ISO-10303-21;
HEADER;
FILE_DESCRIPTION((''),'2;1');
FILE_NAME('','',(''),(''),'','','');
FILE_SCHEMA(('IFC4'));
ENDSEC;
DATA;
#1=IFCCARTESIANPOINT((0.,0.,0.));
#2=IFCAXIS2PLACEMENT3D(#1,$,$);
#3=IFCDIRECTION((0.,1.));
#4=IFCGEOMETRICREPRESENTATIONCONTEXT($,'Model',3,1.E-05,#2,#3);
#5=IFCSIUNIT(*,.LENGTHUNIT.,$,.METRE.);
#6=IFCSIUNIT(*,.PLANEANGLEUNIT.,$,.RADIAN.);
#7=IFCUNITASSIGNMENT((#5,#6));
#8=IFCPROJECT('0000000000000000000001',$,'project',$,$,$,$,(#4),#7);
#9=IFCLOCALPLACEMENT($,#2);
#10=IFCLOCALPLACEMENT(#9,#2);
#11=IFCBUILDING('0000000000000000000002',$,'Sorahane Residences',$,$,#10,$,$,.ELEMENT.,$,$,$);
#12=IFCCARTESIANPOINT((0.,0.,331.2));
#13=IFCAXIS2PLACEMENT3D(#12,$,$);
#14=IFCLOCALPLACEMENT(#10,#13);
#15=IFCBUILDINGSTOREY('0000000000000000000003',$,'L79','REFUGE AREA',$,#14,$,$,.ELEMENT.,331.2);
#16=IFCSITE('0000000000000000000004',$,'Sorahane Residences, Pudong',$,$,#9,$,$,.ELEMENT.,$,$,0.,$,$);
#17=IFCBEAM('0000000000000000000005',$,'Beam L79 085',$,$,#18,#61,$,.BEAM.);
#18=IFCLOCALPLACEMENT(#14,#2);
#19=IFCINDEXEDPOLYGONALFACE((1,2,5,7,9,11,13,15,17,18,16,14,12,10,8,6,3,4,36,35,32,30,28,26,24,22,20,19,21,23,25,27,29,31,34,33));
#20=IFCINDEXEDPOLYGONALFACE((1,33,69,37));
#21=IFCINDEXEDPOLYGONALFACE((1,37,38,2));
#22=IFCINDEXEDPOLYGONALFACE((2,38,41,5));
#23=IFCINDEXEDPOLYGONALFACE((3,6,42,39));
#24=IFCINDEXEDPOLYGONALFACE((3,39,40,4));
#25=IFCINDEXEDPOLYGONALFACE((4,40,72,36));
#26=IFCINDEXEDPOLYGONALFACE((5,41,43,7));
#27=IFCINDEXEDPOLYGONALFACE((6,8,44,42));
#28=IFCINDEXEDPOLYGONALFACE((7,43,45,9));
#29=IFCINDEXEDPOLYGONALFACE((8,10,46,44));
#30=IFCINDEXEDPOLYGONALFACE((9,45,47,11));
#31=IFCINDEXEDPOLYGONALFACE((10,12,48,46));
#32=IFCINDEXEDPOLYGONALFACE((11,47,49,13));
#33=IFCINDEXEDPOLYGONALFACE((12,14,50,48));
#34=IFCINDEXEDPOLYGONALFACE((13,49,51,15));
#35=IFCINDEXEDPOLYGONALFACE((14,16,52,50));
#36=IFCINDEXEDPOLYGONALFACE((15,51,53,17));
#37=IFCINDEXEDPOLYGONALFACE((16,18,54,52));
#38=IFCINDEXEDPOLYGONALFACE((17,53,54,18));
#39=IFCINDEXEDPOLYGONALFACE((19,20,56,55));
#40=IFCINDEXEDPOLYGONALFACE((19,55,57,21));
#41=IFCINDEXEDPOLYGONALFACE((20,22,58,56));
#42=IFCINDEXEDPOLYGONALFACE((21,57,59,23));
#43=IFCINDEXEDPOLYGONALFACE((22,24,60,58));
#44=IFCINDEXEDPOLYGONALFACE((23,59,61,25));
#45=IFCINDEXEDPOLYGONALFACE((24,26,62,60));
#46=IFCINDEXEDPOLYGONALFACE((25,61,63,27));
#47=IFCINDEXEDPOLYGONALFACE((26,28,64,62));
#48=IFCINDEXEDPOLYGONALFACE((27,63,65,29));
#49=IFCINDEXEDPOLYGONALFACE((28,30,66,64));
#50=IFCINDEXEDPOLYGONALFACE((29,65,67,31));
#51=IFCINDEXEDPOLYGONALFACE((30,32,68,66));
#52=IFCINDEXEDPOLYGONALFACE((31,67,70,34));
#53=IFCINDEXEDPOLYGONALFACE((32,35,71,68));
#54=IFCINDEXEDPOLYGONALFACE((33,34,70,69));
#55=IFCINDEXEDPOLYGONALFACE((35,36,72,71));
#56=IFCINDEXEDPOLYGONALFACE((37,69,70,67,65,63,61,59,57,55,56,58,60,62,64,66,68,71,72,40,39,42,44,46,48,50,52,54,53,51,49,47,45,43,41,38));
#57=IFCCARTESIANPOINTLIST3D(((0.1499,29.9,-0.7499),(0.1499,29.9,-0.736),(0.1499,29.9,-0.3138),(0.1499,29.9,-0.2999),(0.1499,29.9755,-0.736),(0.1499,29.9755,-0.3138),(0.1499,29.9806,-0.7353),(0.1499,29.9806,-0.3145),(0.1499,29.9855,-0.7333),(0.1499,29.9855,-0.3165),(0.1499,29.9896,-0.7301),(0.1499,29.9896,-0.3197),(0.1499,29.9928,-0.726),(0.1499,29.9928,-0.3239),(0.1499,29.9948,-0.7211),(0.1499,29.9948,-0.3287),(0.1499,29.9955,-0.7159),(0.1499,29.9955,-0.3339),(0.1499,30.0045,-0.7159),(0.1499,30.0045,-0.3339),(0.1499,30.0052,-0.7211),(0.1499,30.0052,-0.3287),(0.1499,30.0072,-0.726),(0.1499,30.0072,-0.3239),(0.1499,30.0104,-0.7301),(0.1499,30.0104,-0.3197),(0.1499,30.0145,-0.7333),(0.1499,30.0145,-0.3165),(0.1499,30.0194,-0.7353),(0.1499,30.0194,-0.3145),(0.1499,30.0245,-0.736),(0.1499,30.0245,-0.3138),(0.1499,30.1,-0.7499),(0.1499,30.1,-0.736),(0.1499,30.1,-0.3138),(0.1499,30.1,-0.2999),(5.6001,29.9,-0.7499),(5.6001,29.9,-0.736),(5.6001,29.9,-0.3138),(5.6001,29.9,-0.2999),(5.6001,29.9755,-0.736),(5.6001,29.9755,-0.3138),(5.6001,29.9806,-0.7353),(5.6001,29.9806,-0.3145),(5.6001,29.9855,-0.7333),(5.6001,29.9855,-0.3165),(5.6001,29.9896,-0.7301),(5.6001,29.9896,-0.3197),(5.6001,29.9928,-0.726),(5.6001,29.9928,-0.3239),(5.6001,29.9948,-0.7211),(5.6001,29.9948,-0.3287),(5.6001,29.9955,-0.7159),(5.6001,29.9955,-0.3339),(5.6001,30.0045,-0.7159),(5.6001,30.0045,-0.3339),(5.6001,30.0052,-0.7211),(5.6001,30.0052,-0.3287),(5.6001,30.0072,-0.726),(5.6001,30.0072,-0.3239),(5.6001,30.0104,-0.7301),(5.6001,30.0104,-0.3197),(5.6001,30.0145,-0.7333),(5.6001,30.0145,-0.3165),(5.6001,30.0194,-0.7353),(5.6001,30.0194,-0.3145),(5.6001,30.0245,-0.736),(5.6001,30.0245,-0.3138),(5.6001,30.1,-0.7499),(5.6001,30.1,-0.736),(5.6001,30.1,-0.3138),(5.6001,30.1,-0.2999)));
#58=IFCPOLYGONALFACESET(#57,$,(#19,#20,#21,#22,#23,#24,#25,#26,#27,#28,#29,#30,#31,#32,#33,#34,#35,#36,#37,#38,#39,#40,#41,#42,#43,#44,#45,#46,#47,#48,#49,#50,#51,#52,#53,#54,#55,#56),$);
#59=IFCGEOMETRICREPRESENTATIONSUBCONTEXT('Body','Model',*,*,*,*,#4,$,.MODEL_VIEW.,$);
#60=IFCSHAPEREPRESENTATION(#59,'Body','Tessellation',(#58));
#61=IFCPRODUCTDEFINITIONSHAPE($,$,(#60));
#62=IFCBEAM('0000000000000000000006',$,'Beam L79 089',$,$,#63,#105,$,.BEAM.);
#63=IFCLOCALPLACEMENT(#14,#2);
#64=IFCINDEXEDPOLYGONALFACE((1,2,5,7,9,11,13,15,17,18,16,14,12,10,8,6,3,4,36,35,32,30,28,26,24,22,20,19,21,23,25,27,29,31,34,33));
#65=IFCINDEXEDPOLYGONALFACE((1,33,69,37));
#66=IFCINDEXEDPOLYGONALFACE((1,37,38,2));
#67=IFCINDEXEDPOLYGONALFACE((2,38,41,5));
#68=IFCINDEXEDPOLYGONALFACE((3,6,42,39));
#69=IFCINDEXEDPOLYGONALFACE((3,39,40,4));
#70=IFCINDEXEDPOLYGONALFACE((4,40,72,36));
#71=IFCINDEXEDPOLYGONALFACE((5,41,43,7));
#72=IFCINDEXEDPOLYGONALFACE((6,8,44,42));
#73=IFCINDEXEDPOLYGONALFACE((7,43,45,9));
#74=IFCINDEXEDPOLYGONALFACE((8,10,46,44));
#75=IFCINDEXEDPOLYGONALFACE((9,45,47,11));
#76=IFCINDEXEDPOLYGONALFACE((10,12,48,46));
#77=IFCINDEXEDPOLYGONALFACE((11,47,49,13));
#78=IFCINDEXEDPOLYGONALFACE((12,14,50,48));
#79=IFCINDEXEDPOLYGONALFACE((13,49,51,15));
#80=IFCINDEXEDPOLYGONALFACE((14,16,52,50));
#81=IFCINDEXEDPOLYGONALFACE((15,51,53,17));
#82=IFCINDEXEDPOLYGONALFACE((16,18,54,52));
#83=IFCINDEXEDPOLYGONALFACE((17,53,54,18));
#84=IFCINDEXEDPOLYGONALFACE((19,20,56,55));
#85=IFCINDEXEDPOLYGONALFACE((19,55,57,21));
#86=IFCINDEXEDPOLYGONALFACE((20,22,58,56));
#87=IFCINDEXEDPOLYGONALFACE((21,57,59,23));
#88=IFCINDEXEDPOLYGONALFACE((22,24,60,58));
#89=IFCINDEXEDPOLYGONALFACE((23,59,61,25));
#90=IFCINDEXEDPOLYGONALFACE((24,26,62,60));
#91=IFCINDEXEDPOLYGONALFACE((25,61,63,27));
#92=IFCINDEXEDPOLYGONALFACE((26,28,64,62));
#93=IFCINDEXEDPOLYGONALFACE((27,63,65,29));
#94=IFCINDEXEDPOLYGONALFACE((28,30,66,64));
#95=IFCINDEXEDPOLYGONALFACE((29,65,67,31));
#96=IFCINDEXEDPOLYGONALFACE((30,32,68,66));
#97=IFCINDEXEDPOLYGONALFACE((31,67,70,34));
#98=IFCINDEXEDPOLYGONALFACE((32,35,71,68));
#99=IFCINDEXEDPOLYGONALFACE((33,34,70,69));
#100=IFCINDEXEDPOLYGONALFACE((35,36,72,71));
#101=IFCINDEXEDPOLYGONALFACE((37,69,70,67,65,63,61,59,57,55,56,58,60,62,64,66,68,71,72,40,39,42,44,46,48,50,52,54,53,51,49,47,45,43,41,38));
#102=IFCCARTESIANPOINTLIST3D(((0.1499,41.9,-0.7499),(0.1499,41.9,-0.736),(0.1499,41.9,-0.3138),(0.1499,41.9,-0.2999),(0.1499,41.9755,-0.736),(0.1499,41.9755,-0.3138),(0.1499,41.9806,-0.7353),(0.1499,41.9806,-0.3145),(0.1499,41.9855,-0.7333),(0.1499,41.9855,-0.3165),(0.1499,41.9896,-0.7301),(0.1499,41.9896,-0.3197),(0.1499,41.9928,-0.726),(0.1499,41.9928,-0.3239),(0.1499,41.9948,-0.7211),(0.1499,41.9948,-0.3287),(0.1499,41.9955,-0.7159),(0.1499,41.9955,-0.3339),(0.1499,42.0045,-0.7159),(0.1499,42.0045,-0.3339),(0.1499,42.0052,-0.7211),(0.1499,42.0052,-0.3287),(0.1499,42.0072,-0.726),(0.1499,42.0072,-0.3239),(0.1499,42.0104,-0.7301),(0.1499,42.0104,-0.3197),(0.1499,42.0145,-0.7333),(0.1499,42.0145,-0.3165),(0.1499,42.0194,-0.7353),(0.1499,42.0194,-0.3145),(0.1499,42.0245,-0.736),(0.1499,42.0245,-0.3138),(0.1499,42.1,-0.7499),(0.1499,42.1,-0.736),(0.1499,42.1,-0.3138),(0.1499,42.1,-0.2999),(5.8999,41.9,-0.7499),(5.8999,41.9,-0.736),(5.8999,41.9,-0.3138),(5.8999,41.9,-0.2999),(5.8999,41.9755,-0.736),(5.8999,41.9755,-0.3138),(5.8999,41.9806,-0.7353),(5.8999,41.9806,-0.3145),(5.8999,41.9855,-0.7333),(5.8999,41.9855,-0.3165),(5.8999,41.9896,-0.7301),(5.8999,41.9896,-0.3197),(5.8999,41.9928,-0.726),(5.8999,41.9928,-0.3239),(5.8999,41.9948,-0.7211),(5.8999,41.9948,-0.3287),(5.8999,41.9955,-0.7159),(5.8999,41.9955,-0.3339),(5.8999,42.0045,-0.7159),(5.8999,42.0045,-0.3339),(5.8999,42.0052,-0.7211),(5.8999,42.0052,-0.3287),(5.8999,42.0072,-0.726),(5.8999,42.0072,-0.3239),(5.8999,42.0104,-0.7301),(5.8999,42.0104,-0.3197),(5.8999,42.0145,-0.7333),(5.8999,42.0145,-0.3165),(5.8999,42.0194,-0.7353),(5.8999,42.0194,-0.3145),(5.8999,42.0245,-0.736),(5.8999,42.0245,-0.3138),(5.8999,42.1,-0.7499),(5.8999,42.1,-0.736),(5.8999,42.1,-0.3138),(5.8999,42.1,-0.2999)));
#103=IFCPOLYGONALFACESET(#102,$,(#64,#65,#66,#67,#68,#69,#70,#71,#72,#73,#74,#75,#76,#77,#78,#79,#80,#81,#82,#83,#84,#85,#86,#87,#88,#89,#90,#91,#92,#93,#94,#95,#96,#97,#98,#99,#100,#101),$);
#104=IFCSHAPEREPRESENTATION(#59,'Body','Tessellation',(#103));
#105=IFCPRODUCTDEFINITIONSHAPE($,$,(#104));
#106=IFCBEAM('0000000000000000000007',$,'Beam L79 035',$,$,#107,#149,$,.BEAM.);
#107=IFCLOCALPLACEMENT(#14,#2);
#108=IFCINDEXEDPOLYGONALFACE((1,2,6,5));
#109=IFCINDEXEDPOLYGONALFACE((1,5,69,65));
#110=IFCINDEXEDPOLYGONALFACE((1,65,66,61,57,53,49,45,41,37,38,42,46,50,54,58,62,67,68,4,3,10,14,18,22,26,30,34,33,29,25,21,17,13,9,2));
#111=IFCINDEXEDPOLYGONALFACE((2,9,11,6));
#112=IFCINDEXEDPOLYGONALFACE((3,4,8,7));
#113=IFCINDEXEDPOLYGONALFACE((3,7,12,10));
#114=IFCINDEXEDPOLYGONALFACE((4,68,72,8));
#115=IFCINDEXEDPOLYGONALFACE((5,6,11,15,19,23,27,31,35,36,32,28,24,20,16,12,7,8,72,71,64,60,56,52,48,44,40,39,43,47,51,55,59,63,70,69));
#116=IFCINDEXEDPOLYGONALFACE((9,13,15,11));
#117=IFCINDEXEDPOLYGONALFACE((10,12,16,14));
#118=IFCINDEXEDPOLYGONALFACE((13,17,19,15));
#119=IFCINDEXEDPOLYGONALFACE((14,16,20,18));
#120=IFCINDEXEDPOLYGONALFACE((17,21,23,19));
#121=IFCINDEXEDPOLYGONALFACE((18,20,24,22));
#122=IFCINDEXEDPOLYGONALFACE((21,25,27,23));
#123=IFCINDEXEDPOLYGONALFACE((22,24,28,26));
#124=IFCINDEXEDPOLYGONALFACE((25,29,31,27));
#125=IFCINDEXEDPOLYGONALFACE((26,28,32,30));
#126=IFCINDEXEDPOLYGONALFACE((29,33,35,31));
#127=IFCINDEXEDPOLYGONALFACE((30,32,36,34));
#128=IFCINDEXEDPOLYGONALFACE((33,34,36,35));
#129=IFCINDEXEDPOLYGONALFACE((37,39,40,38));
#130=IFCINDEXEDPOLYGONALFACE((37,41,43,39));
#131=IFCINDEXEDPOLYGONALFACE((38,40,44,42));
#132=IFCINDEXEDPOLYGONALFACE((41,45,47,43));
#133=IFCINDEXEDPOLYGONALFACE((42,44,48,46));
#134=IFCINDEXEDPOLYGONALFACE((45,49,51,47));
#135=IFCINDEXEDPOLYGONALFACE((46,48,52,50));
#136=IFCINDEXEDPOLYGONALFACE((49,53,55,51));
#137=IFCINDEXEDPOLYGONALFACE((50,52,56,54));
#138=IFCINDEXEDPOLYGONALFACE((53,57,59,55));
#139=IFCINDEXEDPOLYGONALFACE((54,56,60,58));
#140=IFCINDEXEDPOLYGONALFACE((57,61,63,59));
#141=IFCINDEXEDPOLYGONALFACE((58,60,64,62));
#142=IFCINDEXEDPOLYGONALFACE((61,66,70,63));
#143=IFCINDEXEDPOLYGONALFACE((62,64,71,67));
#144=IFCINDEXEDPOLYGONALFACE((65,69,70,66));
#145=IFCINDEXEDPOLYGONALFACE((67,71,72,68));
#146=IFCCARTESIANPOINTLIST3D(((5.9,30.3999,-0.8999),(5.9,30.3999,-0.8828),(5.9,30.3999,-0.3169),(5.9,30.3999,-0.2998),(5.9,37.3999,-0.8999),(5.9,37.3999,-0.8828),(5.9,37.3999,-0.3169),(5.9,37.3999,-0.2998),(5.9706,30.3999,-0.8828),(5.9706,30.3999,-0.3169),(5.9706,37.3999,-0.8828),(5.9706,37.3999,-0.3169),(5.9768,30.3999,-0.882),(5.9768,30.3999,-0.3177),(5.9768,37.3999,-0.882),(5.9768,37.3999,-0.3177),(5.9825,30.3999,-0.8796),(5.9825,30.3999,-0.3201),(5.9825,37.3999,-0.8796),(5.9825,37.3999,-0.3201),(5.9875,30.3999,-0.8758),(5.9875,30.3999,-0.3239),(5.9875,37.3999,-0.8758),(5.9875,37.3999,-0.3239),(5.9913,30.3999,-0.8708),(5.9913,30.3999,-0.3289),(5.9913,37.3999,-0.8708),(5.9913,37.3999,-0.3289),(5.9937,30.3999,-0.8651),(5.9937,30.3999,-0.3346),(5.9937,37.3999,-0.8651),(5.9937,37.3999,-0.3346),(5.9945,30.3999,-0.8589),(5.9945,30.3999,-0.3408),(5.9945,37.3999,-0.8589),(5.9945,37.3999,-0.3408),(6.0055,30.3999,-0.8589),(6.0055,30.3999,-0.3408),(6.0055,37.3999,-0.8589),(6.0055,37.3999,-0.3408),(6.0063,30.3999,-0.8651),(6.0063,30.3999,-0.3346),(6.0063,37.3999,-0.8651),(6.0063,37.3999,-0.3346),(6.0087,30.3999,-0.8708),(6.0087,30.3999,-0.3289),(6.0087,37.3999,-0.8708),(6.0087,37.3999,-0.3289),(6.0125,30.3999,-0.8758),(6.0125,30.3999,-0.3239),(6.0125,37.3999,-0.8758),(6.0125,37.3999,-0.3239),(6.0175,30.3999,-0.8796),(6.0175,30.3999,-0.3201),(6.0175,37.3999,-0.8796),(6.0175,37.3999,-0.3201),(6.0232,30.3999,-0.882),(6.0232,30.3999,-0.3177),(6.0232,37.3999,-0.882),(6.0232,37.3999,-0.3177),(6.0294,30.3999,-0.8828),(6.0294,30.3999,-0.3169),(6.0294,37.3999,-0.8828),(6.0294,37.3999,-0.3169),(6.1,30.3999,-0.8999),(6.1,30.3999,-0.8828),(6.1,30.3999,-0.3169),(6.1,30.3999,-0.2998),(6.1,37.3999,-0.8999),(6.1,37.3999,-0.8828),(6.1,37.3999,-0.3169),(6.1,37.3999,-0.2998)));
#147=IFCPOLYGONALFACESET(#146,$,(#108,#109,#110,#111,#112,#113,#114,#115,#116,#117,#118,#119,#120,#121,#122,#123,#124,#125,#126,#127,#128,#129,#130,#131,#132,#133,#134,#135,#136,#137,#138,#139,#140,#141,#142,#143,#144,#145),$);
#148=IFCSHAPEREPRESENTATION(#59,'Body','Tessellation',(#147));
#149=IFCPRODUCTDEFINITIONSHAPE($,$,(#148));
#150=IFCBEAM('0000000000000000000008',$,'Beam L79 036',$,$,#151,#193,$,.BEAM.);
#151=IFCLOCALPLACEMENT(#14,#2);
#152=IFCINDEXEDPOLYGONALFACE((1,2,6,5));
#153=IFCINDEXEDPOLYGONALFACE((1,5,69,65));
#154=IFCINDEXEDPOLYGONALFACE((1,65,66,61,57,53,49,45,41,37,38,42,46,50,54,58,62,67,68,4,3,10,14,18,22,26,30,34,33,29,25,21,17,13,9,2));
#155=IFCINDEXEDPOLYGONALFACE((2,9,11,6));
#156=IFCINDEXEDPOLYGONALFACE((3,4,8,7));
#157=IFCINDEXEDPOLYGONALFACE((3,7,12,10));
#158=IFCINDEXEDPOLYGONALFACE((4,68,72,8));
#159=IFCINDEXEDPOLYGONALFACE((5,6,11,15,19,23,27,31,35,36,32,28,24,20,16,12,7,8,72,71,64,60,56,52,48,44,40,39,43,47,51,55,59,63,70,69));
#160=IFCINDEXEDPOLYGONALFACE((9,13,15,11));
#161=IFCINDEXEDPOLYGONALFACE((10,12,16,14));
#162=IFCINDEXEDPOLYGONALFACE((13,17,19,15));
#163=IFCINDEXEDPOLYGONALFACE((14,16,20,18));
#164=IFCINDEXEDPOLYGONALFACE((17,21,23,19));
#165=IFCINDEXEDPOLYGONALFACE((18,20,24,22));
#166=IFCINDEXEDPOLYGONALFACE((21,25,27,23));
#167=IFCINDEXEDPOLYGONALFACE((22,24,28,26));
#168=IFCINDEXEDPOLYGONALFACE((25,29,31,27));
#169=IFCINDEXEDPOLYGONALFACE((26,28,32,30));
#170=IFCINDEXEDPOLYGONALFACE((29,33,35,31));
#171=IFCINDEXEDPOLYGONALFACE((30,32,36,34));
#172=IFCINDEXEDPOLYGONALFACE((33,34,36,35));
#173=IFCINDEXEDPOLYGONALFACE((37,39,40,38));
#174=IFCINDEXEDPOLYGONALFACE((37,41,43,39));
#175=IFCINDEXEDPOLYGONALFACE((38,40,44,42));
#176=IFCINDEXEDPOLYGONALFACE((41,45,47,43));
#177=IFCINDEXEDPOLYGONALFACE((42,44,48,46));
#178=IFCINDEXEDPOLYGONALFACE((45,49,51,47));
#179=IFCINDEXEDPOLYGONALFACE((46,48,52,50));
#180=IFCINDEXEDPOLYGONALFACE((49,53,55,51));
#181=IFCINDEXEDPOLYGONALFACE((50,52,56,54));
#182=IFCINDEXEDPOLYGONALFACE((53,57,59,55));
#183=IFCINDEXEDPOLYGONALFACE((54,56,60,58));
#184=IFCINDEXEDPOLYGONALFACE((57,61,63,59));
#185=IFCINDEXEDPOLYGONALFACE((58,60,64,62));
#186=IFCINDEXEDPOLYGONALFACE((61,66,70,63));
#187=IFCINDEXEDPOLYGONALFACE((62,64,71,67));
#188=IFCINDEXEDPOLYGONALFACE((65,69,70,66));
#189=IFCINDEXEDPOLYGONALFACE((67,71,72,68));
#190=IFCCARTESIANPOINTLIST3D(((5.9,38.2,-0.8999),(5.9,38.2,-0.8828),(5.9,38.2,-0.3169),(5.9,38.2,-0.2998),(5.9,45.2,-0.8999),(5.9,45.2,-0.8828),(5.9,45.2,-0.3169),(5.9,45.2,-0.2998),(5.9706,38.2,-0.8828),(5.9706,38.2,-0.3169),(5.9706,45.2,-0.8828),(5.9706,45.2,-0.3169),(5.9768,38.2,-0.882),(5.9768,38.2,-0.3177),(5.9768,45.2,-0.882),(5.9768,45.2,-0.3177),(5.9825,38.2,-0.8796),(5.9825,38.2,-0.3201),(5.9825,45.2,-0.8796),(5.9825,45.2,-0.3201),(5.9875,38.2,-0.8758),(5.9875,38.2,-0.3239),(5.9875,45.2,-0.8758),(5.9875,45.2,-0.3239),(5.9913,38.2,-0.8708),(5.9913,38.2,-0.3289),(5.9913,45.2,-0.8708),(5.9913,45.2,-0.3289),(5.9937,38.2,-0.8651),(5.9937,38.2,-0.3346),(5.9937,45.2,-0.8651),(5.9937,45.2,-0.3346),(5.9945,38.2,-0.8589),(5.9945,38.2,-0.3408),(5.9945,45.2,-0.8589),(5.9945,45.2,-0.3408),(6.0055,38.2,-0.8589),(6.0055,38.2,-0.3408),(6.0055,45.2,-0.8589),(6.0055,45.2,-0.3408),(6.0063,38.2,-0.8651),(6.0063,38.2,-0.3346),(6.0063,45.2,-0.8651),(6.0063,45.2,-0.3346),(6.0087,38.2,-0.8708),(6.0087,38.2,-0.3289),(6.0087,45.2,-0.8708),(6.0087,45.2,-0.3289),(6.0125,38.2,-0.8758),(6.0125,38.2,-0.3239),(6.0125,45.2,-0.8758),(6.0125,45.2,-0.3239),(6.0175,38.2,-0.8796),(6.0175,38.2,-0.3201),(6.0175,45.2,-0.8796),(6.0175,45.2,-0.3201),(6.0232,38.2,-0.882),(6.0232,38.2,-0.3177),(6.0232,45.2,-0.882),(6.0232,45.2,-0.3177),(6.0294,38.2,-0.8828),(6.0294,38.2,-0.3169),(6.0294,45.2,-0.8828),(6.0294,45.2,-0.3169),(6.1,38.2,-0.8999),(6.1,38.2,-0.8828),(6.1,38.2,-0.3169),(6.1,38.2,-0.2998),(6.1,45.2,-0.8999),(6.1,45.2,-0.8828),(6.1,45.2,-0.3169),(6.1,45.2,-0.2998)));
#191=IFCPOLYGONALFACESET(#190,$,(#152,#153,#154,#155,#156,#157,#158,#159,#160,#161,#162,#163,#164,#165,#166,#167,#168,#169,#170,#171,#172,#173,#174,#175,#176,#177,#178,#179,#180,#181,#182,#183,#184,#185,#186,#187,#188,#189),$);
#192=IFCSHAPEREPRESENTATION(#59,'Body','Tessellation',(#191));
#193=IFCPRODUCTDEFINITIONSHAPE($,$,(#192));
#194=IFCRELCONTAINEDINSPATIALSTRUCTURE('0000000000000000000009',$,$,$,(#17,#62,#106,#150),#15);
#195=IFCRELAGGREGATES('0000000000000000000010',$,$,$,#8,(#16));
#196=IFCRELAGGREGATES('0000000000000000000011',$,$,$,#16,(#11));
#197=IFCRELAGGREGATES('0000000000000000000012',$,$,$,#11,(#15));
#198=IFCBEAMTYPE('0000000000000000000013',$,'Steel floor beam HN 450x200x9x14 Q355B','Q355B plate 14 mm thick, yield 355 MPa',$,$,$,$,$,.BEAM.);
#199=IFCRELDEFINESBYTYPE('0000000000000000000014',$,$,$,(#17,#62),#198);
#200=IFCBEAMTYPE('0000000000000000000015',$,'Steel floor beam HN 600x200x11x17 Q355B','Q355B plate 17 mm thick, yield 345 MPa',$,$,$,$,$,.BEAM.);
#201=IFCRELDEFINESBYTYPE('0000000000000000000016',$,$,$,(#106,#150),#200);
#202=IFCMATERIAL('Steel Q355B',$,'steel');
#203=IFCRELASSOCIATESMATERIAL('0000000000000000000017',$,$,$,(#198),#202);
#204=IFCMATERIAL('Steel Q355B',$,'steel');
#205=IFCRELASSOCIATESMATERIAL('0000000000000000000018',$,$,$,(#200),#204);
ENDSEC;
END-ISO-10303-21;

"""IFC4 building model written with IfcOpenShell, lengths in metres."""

from ifc_helpers import new_model, si_unit, direction, frame, origin, origin_2d, place, context, subcontext, project, spatial, i_section, extrude, material, material_profile, profile_set, type_object, element, save


model = new_model("IFC4")

# Units and contexts
model_context = context("Model", 3, precision=1e-05, world=origin(), true_north=direction((0.0, 1.0)))
body_context = subcontext(model_context, "Body", "Model", "MODEL_VIEW")
ifc_project = project(units=[si_unit("LENGTHUNIT", "METRE"), si_unit("PLANEANGLEUNIT", "RADIAN")], contexts=[model_context])

# Site, building, storey
site_placement = place(None, origin())
site = spatial("IfcSite", under=ifc_project, at=site_placement, Name="Sorahane Residences, Pudong", CompositionType="ELEMENT", RefElevation=0.0)
building_placement = place(site_placement, origin())
building = spatial("IfcBuilding", under=site, at=building_placement, Name="Sorahane Residences", CompositionType="ELEMENT")
storey_placement = place(building_placement, frame((0.0, 0.0, 331.2)))
storey = spatial("IfcBuildingStorey", under=building, at=storey_placement, Name="L79", Description="REFUGE AREA", CompositionType="ELEMENT", Elevation=331.2)

# Beams
ifc_material_1 = material(Name="Steel Q355B", Category="steel")
ifc_material_profile_1 = material_profile(ifc_material_1, i_section(OverallWidth=0.2, OverallDepth=0.45, WebThickness=0.009, FlangeThickness=0.0139, FilletRadius=0.02, at=origin_2d()), Name="HN 450x200x9x14")
ifc_profile_set_1 = profile_set([ifc_material_profile_1], Name="Steel Q355B")
beam_type_1 = type_object("IfcBeamType", Name="Steel floor beam HN 450x200x9x14 Q355B", Description="Q355B plate 14 mm thick, yield 355 MPa", PredefinedType="BEAM", material=ifc_profile_set_1)
beam_1_placement = place(storey_placement, frame((0.1499, 30.0, -0.5249), z_axis=(1.0, 0.0, 0.0), x_axis=(0.0, 1.0, 0.0)))
element("IfcBeam", 1, at=beam_1_placement, inside=storey, type_object=beam_type_1, Name="Beam L79 085", PredefinedType="BEAM", context=body_context, shape_type="SweptSolid", body=[
    extrude(i_section(OverallWidth=0.2, OverallDepth=0.45, WebThickness=0.009, FlangeThickness=0.0139, FilletRadius=0.02, at=origin_2d()), origin(), (0.0, 0.0, 1.0), 5.4502),
])
beam_2_placement = place(storey_placement, frame((0.1499, 42.0, -0.5249), z_axis=(1.0, 0.0, 0.0), x_axis=(0.0, 1.0, 0.0)))
element("IfcBeam", 2, at=beam_2_placement, inside=storey, type_object=beam_type_1, Name="Beam L79 089", PredefinedType="BEAM", context=body_context, shape_type="SweptSolid", body=[
    extrude(i_section(OverallWidth=0.2, OverallDepth=0.45, WebThickness=0.009, FlangeThickness=0.0139, FilletRadius=0.02, at=origin_2d()), origin(), (0.0, 0.0, 1.0), 5.75),
])
ifc_material_2 = material(Name="Steel Q355B", Category="steel")
ifc_material_profile_2 = material_profile(ifc_material_2, i_section(OverallWidth=0.2, OverallDepth=0.6001, WebThickness=0.011, FlangeThickness=0.0171, FilletRadius=0.0239, at=origin_2d()), Name="HN 600x200x11x17")
ifc_profile_set_2 = profile_set([ifc_material_profile_2], Name="Steel Q355B")
beam_type_2 = type_object("IfcBeamType", Name="Steel floor beam HN 600x200x11x17 Q355B", Description="Q355B plate 17 mm thick, yield 345 MPa", PredefinedType="BEAM", material=ifc_profile_set_2)
for number, where, z_axis, x_axis, name in (
    (3, (6.0, 30.3999, -0.5999), (0.0, 1.0, 0.0), (-1.0, 0.0, 0.0), "Beam L79 035"),
    (4, (6.0, 38.2, -0.5999), (0.0, 1.0, 0.0), (-1.0, 0.0, 0.0), "Beam L79 036"),
):
    element("IfcBeam", number, at=place(storey_placement, frame(where, z_axis=z_axis, x_axis=x_axis)), inside=storey, type_object=beam_type_2, Name=name, PredefinedType="BEAM", context=body_context, shape_type="SweptSolid", body=[
        extrude(i_section(OverallWidth=0.2, OverallDepth=0.6001, WebThickness=0.011, FlangeThickness=0.0171, FilletRadius=0.0239, at=origin_2d()), origin(), (0.0, 0.0, 1.0), 7.0),
    ])

save(model, "model.ifc")
